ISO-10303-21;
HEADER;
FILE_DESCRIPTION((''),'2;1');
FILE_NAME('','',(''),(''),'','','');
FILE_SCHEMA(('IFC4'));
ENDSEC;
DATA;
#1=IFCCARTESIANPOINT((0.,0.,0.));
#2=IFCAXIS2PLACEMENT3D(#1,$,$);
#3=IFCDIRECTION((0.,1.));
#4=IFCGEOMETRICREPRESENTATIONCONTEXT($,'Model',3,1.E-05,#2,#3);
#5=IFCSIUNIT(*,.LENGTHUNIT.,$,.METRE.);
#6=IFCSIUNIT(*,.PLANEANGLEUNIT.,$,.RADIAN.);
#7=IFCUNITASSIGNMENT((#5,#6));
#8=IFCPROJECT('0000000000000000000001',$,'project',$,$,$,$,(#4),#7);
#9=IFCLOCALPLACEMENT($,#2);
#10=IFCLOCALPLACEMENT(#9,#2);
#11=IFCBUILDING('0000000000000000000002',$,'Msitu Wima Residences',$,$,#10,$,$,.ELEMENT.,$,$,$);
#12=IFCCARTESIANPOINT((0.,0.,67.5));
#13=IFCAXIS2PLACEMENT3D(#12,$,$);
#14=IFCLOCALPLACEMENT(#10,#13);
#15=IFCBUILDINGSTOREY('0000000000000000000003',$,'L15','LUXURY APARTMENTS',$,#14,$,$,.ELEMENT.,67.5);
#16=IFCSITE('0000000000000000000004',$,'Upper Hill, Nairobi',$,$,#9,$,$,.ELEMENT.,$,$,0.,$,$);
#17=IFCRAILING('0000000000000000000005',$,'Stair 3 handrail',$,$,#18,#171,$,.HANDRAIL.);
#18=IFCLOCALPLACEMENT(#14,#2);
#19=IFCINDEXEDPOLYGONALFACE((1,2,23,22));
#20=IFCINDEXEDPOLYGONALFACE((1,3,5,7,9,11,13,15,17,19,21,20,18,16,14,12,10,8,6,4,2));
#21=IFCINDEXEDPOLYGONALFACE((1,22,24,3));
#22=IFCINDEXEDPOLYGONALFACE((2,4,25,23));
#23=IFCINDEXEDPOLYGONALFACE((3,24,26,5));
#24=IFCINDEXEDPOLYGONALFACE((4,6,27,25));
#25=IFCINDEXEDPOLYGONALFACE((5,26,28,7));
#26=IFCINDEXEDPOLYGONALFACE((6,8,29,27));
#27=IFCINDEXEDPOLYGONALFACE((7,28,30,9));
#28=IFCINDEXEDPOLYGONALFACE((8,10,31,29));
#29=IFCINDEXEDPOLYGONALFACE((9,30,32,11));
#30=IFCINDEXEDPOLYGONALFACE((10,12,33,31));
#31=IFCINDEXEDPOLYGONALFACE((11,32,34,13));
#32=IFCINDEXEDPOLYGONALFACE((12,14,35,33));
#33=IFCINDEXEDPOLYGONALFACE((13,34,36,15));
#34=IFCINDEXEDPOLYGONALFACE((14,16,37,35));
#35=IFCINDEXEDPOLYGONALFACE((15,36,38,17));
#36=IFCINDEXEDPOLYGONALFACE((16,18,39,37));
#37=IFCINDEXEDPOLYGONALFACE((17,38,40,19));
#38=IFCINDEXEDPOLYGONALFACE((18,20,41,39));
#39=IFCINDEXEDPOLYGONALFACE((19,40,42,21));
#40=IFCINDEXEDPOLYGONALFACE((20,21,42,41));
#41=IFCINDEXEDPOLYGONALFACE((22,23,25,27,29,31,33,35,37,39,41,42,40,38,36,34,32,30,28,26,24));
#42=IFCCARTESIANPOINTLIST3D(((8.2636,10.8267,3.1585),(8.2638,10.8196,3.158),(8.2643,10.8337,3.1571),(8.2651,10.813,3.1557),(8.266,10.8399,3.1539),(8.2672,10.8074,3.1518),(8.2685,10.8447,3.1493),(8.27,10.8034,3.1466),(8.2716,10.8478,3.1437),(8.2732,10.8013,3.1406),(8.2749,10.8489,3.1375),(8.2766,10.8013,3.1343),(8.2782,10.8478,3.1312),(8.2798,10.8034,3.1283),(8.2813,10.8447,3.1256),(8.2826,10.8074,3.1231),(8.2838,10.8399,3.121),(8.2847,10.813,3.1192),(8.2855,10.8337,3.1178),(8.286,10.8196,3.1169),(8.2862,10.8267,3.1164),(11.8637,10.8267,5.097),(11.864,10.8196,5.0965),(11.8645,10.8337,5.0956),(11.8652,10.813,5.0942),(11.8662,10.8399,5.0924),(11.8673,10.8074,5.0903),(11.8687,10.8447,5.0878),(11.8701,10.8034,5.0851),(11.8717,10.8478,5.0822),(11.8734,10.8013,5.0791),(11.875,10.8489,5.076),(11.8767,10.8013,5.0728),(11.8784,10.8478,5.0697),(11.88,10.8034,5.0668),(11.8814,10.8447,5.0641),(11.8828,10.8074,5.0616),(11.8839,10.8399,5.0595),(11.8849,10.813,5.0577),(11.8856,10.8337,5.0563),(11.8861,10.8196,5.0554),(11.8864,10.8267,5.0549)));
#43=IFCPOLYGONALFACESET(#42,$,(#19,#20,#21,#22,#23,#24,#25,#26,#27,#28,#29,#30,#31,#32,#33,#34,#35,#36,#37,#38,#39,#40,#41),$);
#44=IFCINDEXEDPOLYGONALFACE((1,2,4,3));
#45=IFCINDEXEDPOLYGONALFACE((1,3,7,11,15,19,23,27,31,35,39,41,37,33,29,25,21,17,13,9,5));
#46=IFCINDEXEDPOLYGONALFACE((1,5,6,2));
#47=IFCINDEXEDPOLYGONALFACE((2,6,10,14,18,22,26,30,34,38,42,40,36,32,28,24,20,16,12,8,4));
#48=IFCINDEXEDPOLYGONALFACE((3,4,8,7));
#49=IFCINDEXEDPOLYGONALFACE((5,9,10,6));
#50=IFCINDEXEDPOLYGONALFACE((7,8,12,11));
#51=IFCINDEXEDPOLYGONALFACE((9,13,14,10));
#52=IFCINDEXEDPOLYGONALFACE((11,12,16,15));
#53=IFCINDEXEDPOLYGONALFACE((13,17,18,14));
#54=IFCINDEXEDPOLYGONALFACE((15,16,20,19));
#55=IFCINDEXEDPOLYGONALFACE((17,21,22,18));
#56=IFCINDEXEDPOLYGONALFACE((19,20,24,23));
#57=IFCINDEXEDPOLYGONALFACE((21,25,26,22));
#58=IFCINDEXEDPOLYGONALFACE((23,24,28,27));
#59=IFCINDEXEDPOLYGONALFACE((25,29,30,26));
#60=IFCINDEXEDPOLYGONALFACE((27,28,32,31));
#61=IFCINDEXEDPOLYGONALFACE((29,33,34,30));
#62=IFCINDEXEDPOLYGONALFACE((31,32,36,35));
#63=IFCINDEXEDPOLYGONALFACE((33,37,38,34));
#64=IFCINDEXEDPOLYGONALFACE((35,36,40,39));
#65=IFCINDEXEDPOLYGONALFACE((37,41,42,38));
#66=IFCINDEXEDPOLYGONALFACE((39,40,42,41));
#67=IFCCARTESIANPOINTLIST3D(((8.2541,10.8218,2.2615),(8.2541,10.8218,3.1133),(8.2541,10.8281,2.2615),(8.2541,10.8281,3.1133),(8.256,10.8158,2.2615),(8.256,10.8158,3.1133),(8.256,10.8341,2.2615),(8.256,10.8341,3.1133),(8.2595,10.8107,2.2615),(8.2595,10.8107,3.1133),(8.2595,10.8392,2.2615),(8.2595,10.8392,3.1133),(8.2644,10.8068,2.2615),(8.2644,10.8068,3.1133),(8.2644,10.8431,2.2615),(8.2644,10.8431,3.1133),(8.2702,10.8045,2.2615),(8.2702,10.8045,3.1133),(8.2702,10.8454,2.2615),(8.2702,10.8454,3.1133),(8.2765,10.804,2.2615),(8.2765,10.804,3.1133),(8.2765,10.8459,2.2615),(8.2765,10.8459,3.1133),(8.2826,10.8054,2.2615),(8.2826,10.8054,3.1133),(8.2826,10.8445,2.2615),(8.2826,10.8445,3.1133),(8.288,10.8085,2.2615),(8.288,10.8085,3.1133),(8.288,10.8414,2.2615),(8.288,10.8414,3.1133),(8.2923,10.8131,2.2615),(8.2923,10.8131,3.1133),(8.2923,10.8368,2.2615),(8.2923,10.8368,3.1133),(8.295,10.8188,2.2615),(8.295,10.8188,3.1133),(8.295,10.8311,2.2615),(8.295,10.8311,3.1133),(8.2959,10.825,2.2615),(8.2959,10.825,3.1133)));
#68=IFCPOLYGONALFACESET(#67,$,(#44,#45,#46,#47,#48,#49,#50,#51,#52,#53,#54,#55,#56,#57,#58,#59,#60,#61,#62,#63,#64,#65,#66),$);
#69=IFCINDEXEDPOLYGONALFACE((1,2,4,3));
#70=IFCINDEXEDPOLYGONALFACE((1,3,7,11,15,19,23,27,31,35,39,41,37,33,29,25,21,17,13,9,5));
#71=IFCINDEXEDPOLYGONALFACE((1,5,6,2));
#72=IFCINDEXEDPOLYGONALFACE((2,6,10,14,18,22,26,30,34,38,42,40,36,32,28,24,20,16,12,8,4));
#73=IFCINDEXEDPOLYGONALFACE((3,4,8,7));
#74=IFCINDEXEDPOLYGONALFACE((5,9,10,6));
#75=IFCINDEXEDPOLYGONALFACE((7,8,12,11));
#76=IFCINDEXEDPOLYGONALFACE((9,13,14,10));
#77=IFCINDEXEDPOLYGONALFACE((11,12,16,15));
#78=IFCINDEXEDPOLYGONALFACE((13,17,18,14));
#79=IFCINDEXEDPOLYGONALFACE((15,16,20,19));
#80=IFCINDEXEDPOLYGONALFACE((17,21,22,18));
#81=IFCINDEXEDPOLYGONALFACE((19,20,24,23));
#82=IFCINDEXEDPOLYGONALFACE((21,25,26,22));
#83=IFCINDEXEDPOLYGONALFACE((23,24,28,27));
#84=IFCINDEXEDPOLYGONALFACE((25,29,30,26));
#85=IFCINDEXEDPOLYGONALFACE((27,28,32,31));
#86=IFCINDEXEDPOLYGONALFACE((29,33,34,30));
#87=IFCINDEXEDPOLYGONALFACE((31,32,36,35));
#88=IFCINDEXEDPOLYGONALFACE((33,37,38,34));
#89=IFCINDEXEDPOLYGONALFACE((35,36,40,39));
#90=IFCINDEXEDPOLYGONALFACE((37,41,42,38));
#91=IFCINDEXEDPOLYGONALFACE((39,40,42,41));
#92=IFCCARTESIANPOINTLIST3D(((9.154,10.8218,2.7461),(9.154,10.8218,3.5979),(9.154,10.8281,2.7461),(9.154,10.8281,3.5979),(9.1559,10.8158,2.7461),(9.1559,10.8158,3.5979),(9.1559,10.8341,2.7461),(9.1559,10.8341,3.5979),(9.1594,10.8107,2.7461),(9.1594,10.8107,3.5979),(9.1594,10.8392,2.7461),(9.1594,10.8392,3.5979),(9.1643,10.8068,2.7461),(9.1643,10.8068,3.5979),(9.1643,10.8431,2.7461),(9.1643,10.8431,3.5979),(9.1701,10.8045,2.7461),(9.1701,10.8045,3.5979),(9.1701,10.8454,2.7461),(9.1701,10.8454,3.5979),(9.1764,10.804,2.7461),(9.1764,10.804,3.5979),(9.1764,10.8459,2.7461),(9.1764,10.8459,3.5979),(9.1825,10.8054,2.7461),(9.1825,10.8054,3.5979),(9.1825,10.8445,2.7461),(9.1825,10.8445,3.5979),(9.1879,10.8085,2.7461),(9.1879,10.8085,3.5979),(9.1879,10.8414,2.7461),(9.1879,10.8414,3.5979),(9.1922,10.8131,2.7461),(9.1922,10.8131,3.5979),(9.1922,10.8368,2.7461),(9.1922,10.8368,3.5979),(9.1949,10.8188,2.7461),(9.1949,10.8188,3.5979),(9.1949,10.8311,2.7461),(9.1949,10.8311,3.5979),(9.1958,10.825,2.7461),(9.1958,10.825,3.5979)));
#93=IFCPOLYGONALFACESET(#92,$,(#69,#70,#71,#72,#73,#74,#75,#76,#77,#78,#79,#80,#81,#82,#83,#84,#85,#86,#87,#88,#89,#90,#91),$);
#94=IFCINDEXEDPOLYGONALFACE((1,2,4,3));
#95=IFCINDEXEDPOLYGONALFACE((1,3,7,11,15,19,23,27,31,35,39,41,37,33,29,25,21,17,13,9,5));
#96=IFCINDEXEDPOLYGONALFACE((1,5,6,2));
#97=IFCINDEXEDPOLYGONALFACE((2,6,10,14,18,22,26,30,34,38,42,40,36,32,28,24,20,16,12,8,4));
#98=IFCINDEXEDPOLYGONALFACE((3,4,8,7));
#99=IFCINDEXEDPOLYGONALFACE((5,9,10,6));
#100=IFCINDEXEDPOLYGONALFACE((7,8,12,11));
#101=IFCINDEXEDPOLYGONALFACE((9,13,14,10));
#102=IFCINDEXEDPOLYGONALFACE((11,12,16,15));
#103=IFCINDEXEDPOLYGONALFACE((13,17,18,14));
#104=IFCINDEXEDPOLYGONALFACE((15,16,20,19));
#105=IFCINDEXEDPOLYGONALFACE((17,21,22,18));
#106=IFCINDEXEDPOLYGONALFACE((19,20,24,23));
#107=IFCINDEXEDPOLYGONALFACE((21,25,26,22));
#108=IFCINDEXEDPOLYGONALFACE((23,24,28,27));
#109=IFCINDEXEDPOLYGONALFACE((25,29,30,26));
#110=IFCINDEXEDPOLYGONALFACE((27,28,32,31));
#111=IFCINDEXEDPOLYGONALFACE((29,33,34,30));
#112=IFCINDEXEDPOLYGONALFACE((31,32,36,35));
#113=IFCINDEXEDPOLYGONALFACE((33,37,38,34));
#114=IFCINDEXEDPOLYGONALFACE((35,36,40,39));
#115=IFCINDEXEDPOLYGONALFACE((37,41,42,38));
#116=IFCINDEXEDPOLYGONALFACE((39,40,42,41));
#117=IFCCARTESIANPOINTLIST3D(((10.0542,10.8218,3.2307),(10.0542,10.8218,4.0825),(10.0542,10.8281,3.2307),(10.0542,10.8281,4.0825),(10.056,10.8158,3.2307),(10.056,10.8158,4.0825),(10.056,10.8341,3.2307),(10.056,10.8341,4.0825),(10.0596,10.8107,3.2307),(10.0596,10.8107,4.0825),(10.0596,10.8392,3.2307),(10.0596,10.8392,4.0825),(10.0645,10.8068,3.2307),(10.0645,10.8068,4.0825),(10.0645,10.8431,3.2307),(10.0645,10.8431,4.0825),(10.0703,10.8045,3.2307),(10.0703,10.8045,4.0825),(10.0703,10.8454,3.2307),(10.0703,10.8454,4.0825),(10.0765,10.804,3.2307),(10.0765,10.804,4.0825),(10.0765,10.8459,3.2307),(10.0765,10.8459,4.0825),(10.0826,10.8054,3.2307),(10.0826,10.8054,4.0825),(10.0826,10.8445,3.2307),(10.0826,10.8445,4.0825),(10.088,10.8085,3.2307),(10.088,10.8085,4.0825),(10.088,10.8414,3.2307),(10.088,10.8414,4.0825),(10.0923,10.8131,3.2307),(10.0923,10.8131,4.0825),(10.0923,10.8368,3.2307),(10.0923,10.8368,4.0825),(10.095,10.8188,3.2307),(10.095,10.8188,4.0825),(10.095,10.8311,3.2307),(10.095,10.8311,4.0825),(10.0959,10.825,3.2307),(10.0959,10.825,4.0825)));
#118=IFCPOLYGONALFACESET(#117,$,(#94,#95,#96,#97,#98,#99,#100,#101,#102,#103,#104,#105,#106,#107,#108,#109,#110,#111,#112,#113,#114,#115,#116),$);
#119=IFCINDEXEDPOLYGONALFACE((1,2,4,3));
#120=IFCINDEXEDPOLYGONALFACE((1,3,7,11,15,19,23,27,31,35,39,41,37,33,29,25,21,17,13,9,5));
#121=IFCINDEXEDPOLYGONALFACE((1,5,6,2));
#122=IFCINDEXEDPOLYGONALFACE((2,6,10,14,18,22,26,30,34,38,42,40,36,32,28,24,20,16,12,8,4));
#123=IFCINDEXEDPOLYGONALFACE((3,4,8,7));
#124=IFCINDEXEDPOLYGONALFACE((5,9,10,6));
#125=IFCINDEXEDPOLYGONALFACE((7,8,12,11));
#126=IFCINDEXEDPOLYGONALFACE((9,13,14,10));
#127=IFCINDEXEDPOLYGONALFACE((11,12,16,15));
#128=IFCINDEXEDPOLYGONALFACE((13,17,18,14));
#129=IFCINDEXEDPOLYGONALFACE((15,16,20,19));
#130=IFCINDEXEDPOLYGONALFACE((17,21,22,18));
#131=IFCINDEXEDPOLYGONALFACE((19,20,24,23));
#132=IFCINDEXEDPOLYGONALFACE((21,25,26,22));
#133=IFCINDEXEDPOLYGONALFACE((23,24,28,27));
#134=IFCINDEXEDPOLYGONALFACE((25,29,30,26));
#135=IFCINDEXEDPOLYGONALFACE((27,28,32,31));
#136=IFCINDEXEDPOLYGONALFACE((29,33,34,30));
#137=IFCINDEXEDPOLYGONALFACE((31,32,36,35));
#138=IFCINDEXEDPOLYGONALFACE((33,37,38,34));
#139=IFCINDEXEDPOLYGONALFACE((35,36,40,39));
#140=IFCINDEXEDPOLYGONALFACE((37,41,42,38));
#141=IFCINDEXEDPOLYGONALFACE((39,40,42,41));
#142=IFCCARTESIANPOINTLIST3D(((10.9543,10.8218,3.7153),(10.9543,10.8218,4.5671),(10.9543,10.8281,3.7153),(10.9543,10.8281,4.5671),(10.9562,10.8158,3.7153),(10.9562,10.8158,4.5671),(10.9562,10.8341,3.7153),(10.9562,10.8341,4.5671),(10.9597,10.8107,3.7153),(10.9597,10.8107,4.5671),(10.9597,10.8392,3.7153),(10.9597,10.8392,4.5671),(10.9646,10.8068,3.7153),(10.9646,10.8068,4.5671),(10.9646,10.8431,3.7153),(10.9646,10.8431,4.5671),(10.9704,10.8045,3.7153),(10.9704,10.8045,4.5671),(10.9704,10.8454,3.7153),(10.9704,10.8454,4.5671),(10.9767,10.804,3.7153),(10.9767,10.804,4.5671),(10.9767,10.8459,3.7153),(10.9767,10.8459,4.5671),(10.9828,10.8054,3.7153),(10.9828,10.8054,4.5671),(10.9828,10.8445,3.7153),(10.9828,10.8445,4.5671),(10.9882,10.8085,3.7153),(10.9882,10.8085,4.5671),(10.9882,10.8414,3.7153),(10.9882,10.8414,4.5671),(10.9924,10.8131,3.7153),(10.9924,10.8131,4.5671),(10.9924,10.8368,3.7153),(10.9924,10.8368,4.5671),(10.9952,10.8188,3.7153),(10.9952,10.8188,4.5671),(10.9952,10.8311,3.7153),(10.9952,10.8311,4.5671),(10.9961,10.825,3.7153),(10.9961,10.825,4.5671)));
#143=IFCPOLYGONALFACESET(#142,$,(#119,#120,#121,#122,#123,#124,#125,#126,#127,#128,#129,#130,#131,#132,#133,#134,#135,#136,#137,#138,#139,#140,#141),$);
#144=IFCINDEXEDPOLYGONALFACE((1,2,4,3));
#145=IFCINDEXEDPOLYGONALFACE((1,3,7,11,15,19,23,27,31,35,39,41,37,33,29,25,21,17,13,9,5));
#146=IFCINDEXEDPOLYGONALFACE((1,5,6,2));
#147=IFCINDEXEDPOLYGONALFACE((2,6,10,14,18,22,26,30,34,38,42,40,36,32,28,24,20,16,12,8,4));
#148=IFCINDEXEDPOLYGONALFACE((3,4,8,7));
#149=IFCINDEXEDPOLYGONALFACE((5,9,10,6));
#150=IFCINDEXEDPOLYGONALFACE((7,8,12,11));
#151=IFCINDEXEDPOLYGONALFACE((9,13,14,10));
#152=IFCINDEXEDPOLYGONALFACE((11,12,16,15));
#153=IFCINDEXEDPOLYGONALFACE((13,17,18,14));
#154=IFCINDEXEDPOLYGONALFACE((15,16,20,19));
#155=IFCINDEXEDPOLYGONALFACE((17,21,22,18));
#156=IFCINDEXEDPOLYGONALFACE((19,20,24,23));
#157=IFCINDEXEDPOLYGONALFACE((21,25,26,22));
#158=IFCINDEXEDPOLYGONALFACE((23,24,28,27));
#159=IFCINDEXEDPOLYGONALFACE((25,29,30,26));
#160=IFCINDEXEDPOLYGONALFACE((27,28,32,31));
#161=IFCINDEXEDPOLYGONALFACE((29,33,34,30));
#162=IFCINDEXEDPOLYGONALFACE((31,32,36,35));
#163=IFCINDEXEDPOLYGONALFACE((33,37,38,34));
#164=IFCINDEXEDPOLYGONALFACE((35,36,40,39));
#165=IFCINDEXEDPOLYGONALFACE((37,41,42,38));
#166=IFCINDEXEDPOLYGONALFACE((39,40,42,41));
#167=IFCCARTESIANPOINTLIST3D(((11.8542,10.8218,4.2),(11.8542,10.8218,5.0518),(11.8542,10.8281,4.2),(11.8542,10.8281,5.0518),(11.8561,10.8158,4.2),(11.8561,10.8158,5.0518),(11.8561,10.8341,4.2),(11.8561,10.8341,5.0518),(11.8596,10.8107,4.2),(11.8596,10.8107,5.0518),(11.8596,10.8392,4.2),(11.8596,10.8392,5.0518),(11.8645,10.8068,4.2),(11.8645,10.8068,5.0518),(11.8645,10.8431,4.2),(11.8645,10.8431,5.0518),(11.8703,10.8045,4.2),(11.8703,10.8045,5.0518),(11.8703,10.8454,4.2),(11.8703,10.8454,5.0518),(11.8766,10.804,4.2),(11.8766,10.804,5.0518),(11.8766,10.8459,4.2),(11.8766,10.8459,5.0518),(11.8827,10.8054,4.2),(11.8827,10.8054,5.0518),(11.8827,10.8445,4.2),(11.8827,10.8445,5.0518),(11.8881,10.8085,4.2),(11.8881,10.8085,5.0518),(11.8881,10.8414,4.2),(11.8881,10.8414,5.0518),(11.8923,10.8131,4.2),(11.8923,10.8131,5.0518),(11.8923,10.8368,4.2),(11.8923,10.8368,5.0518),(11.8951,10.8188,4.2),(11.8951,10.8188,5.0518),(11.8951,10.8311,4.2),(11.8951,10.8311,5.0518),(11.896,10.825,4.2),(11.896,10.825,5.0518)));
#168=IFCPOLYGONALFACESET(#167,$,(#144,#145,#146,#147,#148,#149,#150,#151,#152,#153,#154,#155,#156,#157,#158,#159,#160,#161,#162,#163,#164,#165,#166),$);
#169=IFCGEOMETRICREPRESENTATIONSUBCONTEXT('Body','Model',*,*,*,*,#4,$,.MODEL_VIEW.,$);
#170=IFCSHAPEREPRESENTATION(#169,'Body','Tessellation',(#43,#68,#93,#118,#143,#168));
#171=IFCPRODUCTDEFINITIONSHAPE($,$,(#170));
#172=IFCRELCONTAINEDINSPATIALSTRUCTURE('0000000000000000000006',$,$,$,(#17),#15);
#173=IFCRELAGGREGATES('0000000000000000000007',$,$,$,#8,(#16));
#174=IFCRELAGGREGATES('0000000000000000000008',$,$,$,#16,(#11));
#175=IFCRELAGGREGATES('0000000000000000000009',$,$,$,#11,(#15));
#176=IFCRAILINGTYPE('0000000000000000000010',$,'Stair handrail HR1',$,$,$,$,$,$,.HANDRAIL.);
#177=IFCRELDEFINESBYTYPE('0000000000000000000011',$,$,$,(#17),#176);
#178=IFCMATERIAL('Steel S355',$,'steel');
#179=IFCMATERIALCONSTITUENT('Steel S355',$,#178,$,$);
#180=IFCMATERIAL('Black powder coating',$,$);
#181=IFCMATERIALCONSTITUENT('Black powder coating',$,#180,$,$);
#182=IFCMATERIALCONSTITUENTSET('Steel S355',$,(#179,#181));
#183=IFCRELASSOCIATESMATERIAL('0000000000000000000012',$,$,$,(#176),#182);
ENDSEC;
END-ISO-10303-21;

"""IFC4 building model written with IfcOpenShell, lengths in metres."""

from ifc_helpers import new_model, si_unit, direction, frame, origin, origin_2d, place, context, subcontext, project, spatial, circle, extrude, material, constituent, constituent_set, type_object, element, save


model = new_model("IFC4")

# Units and contexts
model_context = context("Model", 3, precision=1e-05, world=origin(), true_north=direction((0.0, 1.0)))
body_context = subcontext(model_context, "Body", "Model", "MODEL_VIEW")
ifc_project = project(units=[si_unit("LENGTHUNIT", "METRE"), si_unit("PLANEANGLEUNIT", "RADIAN")], contexts=[model_context])

# Site, building, storey
site_placement = place(None, origin())
site = spatial("IfcSite", under=ifc_project, at=site_placement, Name="Upper Hill, Nairobi", CompositionType="ELEMENT", RefElevation=0.0)
building_placement = place(site_placement, origin())
building = spatial("IfcBuilding", under=site, at=building_placement, Name="Msitu Wima Residences", CompositionType="ELEMENT")
storey_placement = place(building_placement, frame((0.0, 0.0, 67.5)))
storey = spatial("IfcBuildingStorey", under=building, at=storey_placement, Name="L15", Description="LUXURY APARTMENTS", CompositionType="ELEMENT", Elevation=67.5)

# Railing
ifc_material_1 = material(Name="Steel S355", Category="steel")
ifc_constituent_1 = constituent(ifc_material_1, Name="Steel S355")
ifc_material_2 = material(Name="Black powder coating")
ifc_constituent_2 = constituent(ifc_material_2, Name="Black powder coating")
ifc_constituent_set = constituent_set(constituents=[ifc_constituent_1, ifc_constituent_2], Name="Steel S355")
railing_type = type_object("IfcRailingType", Name="Stair handrail HR1", PredefinedType="HANDRAIL", material=ifc_constituent_set)
for number, where, name in (
    (1, (8.2749, 10.825, 2.2615), "Stair 3 handrail"),
):
    element("IfcRailing", number, at=place(storey_placement, frame(where)), inside=storey, type_object=railing_type, Name=name, PredefinedType="HANDRAIL", context=body_context, shape_type="SweptSolid", body=[
        extrude(circle(Radius=0.0239, at=origin_2d()), frame((0.0, 0.0, 0.876), z_axis=(0.880475, 0.0, 0.474093), x_axis=(0.0, 1.0, 0.0)), (0.0, 0.0, 1.0), 4.0889),
        extrude(circle(Radius=0.021, at=origin_2d()), origin(), (0.0, 0.0, 1.0), 0.8518),
        extrude(circle(Radius=0.021, at=origin_2d()), frame((0.8999, 0.0, 0.4846)), (0.0, 0.0, 1.0), 0.8518),
        extrude(circle(Radius=0.021, at=origin_2d()), frame((1.8, 0.0, 0.9692)), (0.0, 0.0, 1.0), 0.8518),
        extrude(circle(Radius=0.021, at=origin_2d()), frame((2.7002, 0.0, 1.4539)), (0.0, 0.0, 1.0), 0.8518),
        extrude(circle(Radius=0.021, at=origin_2d()), frame((3.6001, 0.0, 1.9385)), (0.0, 0.0, 1.0), 0.8518),
    ])

save(model, "model.ifc")
